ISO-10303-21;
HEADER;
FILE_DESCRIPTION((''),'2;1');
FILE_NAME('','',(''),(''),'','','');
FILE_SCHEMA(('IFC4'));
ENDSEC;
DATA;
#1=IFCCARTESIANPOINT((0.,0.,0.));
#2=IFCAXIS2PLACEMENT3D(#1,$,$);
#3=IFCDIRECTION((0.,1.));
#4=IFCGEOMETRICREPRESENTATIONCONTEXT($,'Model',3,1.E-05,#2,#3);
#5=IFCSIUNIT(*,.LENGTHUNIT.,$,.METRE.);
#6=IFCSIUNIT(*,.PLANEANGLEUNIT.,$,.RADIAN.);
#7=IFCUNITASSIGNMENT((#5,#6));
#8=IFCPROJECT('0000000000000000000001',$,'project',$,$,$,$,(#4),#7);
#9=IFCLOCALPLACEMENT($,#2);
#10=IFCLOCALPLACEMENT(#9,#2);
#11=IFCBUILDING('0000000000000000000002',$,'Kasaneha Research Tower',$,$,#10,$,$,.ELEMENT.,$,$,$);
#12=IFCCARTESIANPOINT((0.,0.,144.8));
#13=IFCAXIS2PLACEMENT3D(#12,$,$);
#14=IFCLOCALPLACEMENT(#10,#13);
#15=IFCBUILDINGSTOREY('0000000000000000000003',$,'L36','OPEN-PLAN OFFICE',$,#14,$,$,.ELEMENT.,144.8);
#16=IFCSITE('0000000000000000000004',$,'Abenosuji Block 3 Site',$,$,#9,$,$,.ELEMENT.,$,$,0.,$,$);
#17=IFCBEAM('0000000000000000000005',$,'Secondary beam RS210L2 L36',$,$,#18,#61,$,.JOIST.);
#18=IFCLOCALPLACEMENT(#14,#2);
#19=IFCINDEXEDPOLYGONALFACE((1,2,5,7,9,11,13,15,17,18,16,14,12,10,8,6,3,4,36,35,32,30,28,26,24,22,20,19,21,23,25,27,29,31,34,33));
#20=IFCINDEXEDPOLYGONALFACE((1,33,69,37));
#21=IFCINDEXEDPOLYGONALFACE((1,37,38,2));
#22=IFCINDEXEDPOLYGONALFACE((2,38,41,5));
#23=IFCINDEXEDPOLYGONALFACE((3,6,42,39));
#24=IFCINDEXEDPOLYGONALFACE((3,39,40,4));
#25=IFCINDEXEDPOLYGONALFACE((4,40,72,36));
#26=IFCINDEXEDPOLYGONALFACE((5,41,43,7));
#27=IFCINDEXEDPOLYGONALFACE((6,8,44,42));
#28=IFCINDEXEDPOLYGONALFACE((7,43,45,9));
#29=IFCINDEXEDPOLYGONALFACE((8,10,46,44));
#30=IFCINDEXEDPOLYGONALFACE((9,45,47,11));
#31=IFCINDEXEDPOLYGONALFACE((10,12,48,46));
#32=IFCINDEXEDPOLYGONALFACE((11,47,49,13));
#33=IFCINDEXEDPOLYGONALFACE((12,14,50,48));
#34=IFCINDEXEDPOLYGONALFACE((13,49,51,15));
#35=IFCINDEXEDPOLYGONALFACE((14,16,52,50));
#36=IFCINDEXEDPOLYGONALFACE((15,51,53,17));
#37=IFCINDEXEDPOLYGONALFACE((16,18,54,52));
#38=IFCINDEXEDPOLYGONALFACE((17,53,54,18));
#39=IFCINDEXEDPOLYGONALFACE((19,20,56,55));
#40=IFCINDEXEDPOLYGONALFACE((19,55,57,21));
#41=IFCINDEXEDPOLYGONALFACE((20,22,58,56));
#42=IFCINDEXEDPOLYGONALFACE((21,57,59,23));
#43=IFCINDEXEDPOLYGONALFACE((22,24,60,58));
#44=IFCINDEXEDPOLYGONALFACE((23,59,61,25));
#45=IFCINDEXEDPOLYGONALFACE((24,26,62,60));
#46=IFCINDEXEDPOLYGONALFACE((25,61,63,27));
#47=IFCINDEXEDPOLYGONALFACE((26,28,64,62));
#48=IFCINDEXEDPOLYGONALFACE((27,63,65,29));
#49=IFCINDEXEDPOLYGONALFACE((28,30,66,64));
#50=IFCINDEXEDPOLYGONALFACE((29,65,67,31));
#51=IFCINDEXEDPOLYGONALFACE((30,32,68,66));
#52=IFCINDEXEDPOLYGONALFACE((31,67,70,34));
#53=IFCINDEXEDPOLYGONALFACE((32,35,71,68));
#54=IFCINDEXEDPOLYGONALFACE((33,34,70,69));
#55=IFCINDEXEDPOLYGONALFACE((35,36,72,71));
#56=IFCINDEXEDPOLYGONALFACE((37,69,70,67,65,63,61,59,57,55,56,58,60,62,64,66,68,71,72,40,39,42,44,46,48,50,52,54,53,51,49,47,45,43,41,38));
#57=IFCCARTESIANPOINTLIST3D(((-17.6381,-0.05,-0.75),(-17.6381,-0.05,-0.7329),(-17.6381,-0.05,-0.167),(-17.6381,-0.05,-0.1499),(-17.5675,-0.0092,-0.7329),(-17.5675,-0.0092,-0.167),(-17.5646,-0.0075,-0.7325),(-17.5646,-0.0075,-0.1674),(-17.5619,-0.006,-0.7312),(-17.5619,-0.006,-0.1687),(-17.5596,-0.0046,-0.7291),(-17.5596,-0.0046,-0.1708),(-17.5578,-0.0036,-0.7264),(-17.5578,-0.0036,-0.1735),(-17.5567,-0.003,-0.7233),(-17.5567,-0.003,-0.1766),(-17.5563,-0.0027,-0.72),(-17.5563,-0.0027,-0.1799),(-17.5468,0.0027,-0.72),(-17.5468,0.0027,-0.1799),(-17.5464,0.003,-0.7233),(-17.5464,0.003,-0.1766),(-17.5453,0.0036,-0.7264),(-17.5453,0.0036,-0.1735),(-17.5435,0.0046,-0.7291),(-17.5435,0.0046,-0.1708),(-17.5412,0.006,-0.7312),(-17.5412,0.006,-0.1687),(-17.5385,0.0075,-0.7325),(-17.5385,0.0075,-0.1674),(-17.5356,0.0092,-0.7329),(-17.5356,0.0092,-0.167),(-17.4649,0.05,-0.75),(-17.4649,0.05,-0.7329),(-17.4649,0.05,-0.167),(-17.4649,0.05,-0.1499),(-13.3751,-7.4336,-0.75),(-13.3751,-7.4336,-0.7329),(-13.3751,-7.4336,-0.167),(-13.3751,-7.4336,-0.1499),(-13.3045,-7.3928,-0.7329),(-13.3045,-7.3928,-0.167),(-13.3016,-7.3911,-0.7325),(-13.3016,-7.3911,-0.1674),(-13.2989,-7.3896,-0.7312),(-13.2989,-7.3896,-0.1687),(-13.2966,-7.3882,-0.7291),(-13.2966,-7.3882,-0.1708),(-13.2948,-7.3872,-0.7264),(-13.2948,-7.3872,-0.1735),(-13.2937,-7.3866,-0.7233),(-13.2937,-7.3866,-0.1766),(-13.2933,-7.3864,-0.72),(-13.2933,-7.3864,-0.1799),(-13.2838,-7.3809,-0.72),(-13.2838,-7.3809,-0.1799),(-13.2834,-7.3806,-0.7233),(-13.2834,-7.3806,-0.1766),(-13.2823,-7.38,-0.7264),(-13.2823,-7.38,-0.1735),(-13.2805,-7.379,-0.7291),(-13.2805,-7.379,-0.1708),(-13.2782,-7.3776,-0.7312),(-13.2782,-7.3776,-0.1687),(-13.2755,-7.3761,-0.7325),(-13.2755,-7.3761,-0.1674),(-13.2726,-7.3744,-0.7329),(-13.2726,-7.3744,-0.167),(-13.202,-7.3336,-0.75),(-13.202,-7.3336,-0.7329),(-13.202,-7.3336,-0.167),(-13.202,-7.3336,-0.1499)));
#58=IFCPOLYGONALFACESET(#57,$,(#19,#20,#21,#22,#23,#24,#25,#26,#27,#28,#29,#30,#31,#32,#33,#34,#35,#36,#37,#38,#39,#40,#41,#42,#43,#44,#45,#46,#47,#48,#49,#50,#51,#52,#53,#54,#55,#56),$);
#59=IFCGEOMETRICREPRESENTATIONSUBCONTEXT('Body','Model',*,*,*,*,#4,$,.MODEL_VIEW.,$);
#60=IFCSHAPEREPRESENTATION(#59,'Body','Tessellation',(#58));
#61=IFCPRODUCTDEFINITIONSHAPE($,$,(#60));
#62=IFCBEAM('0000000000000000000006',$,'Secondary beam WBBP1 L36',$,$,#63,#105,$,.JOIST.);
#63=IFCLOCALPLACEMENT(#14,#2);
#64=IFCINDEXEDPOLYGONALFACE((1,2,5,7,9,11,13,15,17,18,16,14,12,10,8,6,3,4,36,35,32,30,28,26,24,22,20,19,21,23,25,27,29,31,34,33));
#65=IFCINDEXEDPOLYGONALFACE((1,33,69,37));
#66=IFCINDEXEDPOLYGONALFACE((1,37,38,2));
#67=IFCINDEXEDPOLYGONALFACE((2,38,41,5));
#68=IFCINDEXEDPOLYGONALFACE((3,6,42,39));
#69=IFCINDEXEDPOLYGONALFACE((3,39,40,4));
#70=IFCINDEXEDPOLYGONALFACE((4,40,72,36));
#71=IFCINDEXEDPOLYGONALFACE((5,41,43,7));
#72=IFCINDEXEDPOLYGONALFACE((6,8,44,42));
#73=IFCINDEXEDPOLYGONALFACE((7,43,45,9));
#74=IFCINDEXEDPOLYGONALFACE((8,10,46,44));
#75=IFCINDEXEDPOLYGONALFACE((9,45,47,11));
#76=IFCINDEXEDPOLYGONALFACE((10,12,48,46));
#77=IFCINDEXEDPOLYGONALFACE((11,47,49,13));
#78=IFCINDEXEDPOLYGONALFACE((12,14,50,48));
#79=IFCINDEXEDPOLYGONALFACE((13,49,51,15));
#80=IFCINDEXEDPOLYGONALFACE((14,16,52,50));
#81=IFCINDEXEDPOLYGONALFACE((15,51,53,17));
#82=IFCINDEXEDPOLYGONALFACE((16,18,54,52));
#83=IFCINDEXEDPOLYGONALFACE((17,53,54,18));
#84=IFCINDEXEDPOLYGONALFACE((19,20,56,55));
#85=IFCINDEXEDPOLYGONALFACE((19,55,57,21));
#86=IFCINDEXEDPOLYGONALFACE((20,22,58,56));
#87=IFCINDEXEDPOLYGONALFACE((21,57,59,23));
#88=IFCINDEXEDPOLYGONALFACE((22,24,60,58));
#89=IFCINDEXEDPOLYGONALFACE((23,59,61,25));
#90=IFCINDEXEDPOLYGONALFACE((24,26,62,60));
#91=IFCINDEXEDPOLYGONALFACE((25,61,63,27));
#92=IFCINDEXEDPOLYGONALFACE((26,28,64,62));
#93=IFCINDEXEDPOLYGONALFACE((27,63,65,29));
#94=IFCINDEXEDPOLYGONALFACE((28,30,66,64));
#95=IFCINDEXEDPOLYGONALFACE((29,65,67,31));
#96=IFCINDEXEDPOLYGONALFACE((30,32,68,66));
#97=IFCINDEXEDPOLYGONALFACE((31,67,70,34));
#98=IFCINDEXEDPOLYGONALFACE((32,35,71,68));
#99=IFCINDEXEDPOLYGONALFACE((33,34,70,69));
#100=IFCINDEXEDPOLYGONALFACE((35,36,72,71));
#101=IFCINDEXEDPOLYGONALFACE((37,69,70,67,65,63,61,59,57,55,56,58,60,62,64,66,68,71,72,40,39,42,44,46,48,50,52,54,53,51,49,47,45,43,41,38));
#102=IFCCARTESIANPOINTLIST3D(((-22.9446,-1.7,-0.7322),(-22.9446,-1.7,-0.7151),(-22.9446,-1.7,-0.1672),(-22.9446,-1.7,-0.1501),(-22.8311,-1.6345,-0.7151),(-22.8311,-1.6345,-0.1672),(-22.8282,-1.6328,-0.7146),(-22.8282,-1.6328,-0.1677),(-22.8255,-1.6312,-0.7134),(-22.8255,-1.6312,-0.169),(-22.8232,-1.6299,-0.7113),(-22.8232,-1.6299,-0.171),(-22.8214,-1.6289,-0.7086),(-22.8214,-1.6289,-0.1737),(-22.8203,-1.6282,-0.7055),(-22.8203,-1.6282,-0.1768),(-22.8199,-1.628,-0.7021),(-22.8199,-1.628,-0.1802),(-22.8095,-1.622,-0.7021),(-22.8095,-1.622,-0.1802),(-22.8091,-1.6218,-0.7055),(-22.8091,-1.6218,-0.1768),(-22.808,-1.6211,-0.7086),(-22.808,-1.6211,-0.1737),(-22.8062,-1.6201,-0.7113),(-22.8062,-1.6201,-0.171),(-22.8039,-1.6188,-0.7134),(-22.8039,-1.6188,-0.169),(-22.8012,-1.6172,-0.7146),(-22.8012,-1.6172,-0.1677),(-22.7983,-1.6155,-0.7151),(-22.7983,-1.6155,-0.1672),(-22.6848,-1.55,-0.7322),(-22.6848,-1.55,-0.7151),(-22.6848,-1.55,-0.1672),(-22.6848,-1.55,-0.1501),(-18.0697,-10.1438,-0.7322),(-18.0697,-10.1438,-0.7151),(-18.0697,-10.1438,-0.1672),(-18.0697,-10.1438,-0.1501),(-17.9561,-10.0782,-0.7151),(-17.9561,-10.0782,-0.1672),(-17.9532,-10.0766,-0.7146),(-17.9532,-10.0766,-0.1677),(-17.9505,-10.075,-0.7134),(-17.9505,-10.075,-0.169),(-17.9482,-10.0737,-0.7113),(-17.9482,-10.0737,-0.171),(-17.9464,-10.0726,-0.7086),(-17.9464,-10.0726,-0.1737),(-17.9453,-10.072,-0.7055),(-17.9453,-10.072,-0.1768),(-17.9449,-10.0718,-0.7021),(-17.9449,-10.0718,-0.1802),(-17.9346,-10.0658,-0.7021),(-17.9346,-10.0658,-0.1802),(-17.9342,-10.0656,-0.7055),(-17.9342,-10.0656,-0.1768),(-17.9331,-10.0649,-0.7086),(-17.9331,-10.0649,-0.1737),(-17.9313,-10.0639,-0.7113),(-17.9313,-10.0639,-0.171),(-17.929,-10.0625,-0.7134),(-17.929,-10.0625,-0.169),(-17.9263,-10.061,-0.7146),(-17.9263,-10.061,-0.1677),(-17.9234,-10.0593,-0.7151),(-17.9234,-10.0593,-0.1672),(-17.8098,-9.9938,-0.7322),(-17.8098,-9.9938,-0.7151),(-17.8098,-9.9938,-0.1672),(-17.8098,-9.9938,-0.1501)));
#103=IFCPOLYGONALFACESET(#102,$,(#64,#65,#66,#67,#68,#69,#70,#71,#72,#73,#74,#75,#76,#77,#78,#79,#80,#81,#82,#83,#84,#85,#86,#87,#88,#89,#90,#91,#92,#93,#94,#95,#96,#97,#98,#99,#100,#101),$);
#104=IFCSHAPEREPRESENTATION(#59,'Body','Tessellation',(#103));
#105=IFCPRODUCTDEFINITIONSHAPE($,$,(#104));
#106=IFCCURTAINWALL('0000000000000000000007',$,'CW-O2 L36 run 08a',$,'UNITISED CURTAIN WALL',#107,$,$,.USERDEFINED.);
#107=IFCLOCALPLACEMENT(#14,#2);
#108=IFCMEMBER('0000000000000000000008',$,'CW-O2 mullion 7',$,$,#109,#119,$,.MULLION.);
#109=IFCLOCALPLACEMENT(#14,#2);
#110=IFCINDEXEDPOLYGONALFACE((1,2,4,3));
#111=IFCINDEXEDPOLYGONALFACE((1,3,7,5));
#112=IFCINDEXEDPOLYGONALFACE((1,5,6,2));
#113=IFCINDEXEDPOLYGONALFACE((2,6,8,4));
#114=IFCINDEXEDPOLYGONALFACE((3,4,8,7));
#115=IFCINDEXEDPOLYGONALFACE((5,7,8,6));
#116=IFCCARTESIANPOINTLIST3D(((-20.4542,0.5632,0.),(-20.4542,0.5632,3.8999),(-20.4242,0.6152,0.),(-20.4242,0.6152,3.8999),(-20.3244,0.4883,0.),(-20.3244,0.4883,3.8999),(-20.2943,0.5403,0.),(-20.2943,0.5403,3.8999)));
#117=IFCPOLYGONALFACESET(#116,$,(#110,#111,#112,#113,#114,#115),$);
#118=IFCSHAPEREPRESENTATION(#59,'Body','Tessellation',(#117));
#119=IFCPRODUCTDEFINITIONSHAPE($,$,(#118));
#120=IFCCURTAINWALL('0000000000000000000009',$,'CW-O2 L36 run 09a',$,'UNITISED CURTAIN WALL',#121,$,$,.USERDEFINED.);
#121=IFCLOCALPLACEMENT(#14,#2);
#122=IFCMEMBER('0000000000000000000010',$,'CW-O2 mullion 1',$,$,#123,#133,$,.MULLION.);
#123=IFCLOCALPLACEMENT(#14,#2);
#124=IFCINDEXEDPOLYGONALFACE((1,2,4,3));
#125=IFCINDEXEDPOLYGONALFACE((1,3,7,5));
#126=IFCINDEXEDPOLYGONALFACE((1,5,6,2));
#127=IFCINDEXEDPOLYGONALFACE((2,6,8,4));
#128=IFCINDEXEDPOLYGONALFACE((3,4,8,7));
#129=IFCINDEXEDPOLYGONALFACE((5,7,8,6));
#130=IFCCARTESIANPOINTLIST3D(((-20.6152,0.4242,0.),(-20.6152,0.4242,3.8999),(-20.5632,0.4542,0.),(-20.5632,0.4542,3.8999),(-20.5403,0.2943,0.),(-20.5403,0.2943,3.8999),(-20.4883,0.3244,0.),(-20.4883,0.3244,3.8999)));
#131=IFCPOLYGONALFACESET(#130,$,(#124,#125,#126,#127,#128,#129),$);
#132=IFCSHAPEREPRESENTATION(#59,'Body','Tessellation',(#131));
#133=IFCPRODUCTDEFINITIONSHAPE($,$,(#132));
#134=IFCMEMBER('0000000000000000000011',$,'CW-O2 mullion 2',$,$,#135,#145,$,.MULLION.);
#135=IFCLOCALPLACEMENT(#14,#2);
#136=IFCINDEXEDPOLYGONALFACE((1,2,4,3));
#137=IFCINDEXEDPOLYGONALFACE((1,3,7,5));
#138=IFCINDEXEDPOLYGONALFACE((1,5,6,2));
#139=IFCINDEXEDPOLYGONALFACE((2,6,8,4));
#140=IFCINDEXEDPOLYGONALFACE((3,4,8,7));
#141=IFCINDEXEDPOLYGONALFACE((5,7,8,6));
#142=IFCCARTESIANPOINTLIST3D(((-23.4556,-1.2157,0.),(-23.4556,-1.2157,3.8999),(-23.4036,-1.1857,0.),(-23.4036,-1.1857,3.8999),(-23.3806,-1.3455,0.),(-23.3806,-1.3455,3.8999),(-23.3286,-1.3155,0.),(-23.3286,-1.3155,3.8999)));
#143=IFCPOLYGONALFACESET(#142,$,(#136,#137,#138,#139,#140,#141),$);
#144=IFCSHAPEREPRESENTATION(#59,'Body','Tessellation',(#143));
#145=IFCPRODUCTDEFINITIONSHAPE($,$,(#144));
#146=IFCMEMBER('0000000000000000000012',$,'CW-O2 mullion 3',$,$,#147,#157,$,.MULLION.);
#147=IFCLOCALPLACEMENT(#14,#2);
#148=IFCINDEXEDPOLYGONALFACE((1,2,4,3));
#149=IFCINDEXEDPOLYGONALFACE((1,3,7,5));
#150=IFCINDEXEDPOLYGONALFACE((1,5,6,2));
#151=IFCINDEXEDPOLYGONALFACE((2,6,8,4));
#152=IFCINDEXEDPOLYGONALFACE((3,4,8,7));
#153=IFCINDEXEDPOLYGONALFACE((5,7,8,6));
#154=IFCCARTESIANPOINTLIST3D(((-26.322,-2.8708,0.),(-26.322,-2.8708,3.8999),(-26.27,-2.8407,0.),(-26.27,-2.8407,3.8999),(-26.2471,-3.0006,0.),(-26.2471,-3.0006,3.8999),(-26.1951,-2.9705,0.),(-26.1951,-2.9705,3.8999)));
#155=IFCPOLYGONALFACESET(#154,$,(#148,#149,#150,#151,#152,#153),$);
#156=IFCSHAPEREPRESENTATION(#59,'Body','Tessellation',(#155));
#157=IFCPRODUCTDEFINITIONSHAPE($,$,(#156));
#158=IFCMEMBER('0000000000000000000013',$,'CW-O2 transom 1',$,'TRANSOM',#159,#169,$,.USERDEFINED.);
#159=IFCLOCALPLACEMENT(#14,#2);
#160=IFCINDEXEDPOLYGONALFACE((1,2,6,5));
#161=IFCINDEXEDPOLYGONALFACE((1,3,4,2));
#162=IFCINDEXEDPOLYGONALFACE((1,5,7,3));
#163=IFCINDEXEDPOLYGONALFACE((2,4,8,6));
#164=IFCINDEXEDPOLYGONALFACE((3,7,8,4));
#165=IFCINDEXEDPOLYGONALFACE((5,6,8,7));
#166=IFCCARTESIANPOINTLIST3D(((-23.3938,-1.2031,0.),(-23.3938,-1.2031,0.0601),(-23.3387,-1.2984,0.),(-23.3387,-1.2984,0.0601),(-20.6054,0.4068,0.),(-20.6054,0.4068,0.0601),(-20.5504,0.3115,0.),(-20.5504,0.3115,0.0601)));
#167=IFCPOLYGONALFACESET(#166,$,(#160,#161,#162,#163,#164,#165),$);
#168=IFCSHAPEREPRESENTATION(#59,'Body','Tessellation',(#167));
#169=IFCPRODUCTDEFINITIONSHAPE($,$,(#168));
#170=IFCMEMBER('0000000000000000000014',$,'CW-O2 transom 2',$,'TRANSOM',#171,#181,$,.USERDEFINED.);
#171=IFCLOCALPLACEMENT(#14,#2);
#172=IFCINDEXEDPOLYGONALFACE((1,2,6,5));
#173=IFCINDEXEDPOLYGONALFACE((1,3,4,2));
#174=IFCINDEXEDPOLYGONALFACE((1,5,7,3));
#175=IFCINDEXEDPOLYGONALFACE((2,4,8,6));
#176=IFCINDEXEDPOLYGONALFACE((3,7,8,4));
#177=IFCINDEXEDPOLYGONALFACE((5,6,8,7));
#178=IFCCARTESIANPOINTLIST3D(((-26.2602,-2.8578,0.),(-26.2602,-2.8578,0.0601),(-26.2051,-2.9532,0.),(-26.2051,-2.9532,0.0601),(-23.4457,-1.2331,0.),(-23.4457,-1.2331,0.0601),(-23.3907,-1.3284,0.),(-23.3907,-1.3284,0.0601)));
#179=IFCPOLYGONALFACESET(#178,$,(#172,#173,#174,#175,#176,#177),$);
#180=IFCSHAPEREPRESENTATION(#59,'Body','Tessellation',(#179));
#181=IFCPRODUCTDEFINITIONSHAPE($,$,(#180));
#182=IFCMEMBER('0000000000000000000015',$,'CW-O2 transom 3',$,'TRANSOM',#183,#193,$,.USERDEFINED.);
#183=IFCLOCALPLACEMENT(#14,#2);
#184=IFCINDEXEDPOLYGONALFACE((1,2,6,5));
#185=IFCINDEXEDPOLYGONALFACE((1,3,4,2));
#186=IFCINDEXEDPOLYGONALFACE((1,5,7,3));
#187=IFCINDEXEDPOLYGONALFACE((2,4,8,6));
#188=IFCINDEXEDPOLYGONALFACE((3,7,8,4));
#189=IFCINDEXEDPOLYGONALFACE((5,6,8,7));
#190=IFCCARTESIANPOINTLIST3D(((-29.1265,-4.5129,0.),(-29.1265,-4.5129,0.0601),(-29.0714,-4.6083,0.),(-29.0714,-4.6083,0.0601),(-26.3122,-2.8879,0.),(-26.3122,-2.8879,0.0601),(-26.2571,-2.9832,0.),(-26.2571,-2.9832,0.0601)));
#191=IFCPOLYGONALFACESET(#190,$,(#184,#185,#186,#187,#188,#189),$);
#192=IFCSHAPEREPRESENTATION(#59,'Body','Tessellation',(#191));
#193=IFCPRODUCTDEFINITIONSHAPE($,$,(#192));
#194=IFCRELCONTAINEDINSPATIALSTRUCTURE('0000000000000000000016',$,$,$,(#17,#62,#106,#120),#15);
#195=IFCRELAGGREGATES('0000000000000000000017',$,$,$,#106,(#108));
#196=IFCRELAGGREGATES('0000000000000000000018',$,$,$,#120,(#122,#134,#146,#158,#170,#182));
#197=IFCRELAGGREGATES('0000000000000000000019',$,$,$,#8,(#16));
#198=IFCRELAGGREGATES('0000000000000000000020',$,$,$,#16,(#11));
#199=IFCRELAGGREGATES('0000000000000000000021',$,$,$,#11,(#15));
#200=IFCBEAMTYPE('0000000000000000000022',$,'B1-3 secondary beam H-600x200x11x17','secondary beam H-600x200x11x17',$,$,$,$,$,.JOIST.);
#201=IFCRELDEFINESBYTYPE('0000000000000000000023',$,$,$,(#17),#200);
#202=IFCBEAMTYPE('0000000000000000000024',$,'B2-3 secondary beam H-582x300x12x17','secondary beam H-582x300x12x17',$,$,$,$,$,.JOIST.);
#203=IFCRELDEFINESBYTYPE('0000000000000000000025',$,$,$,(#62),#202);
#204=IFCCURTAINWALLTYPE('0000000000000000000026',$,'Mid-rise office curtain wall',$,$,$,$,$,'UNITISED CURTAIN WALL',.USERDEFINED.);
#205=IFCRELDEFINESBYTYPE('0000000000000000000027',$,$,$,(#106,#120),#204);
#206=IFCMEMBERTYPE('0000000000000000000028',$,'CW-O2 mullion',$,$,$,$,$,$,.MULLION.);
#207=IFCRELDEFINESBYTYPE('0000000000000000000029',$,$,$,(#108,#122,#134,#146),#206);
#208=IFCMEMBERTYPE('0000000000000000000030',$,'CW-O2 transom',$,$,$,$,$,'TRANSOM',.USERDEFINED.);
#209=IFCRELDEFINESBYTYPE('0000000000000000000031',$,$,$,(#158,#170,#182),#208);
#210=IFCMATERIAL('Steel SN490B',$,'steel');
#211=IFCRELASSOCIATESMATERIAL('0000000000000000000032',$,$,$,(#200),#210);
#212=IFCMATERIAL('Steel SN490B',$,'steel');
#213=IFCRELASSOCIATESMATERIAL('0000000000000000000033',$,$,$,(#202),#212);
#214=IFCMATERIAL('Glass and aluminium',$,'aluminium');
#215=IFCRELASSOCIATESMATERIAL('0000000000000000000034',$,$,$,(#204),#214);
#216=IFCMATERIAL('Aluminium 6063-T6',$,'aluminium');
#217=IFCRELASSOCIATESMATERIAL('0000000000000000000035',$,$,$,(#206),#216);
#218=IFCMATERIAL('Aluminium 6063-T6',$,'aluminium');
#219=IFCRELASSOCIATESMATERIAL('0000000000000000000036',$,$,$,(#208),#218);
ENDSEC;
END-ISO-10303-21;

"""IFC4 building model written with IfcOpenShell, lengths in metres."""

from ifc_helpers import new_model, si_unit, direction, frame, origin, origin_2d, place, context, subcontext, project, spatial, rectangle, i_section, extrude, material, material_profile, profile_set, type_object, element, aggregate, save


model = new_model("IFC4")

# Units and contexts
model_context = context("Model", 3, precision=1e-05, world=origin(), true_north=direction((0.0, 1.0)))
body_context = subcontext(model_context, "Body", "Model", "MODEL_VIEW")
ifc_project = project(units=[si_unit("LENGTHUNIT", "METRE"), si_unit("PLANEANGLEUNIT", "RADIAN")], contexts=[model_context])

# Site, building, storey
site_placement = place(None, origin())
site = spatial("IfcSite", under=ifc_project, at=site_placement, Name="Abenosuji Block 3 Site", CompositionType="ELEMENT", RefElevation=0.0)
building_placement = place(site_placement, origin())
building = spatial("IfcBuilding", under=site, at=building_placement, Name="Kasaneha Research Tower", CompositionType="ELEMENT")
storey_placement = place(building_placement, frame((0.0, 0.0, 144.8)))
storey = spatial("IfcBuildingStorey", under=building, at=storey_placement, Name="L36", Description="OPEN-PLAN OFFICE", CompositionType="ELEMENT", Elevation=144.8)

# Beams
ifc_material_1 = material(Name="Steel SN490B", Category="steel")
ifc_material_profile_1 = material_profile(ifc_material_1, i_section(OverallWidth=0.2, OverallDepth=0.6001, WebThickness=0.011, FlangeThickness=0.0171, FilletRadius=0.0129, at=origin_2d()), Name="H-600x200x11x17")
ifc_profile_set_1 = profile_set([ifc_material_profile_1], Name="Steel SN490B")
beam_type_1 = type_object("IfcBeamType", Name="B1-3 secondary beam H-600x200x11x17", Description="secondary beam H-600x200x11x17", PredefinedType="JOIST", material=ifc_profile_set_1)
beam_1_placement = place(storey_placement, frame((-17.5515, 0.0, -0.45), z_axis=(0.500004, -0.866023, 0.0), x_axis=(0.866023, 0.500004, 0.0)))
element("IfcBeam", 1, at=beam_1_placement, inside=storey, type_object=beam_type_1, Name="Secondary beam RS210L2 L36", PredefinedType="JOIST", context=body_context, shape_type="SweptSolid", body=[
    extrude(i_section(OverallWidth=0.2, OverallDepth=0.6001, WebThickness=0.011, FlangeThickness=0.0171, FilletRadius=0.0129, at=origin_2d()), origin(), (0.0, 0.0, 1.0), 8.5259),
])
ifc_material_2 = material(Name="Steel SN490B", Category="steel")
ifc_material_profile_2 = material_profile(ifc_material_2, i_section(OverallWidth=0.3, OverallDepth=0.582, WebThickness=0.012, FlangeThickness=0.0171, FilletRadius=0.0129, at=origin_2d()), Name="H-582x300x12x17")
ifc_profile_set_2 = profile_set([ifc_material_profile_2], Name="Steel SN490B")
beam_type_2 = type_object("IfcBeamType", Name="B2-3 secondary beam H-582x300x12x17", Description="secondary beam H-582x300x12x17", PredefinedType="JOIST", material=ifc_profile_set_2)
beam_2_placement = place(storey_placement, frame((-22.8147, -1.625, -0.4412), z_axis=(0.499996, -0.866028, 0.0), x_axis=(0.866028, 0.499996, 0.0)))
element("IfcBeam", 2, at=beam_2_placement, inside=storey, type_object=beam_type_2, Name="Secondary beam WBBP1 L36", PredefinedType="JOIST", context=body_context, shape_type="SweptSolid", body=[
    extrude(i_section(OverallWidth=0.3, OverallDepth=0.582, WebThickness=0.012, FlangeThickness=0.0171, FilletRadius=0.0129, at=origin_2d()), origin(), (0.0, 0.0, 1.0), 9.75),
])

# Curtain wall, member
ifc_material_3 = material(Name="Glass and aluminium", Category="aluminium")
curtain_wall_type = type_object("IfcCurtainWallType", Name="Mid-rise office curtain wall", ElementType="UNITISED CURTAIN WALL", PredefinedType="USERDEFINED", material=ifc_material_3)
curtain_wall_1_placement = place(storey_placement, origin())
curtain_wall_1 = element("IfcCurtainWall", 3, at=curtain_wall_1_placement, inside=storey, type_object=curtain_wall_type, Name="CW-O2 L36 run 08a", ObjectType="UNITISED CURTAIN WALL", PredefinedType="USERDEFINED")
ifc_material_4 = material(Name="Aluminium 6063-T6", Category="aluminium")
ifc_material_profile_3 = material_profile(ifc_material_4, rectangle(XDim=0.0601, YDim=0.1499, at=origin_2d()), Name="CW-O2 mullion 60x150")
ifc_profile_set_3 = profile_set([ifc_material_profile_3], Name="Aluminium 6063-T6")
member_type_1 = type_object("IfcMemberType", Name="CW-O2 mullion", PredefinedType="MULLION", material=ifc_profile_set_3)
member_1_placement = place(storey_placement, frame((-20.3743, 0.5518, 0.0), z_axis=(0.0, 0.0, 1.0), x_axis=(-0.5, -0.866025, 0.0)))
member_1 = element("IfcMember", 4, at=member_1_placement, type_object=member_type_1, Name="CW-O2 mullion 7", PredefinedType="MULLION", context=body_context, shape_type="SweptSolid", body=[
    extrude(rectangle(XDim=0.0601, YDim=0.1499, at=origin_2d()), origin(), (0.0, 0.0, 1.0), 3.8999),
])

# Curtain wall, members
curtain_wall_2_placement = place(storey_placement, origin())
curtain_wall_2 = element("IfcCurtainWall", 5, at=curtain_wall_2_placement, inside=storey, type_object=curtain_wall_type, Name="CW-O2 L36 run 09a", ObjectType="UNITISED CURTAIN WALL", PredefinedType="USERDEFINED")
member_2_placement = place(storey_placement, frame((-20.5518, 0.3743, 0.0), z_axis=(0.0, 0.0, 1.0), x_axis=(-0.866025, -0.5, 0.0)))
member_2 = element("IfcMember", 6, at=member_2_placement, type_object=member_type_1, Name="CW-O2 mullion 1", PredefinedType="MULLION", context=body_context, shape_type="SweptSolid", body=[
    extrude(rectangle(XDim=0.0601, YDim=0.1499, at=origin_2d()), origin(), (0.0, 0.0, 1.0), 3.8999),
])
member_3_placement = place(storey_placement, frame((-23.3921, -1.2656, 0.0), z_axis=(0.0, 0.0, 1.0), x_axis=(-0.866025, -0.5, 0.0)))
member_3 = element("IfcMember", 7, at=member_3_placement, type_object=member_type_1, Name="CW-O2 mullion 2", PredefinedType="MULLION", context=body_context, shape_type="SweptSolid", body=[
    extrude(rectangle(XDim=0.0601, YDim=0.1499, at=origin_2d()), origin(), (0.0, 0.0, 1.0), 3.8999),
])
member_4_placement = place(storey_placement, frame((-26.2585, -2.9207, 0.0), z_axis=(0.0, 0.0, 1.0), x_axis=(-0.866025, -0.5, 0.0)))
member_4 = element("IfcMember", 8, at=member_4_placement, type_object=member_type_1, Name="CW-O2 mullion 3", PredefinedType="MULLION", context=body_context, shape_type="SweptSolid", body=[
    extrude(rectangle(XDim=0.0601, YDim=0.1499, at=origin_2d()), origin(), (0.0, 0.0, 1.0), 3.8999),
])
ifc_material_5 = material(Name="Aluminium 6063-T6", Category="aluminium")
ifc_material_profile_4 = material_profile(ifc_material_5, rectangle(XDim=0.1101, YDim=0.0601, at=origin_2d()), Name="CW-O2 transom 110x60")
ifc_profile_set_4 = profile_set([ifc_material_profile_4], Name="Aluminium 6063-T6")
member_type_2 = type_object("IfcMemberType", Name="CW-O2 transom", ElementType="TRANSOM", PredefinedType="USERDEFINED", material=ifc_profile_set_4)
member_5_placement = place(storey_placement, frame((-20.5779, 0.3591, 0.03), z_axis=(-0.866023, -0.500005, 0.0), x_axis=(0.500005, -0.866023, 0.0)))
member_5 = element("IfcMember", 9, at=member_5_placement, type_object=member_type_2, Name="CW-O2 transom 1", ObjectType="TRANSOM", PredefinedType="USERDEFINED", context=body_context, shape_type="SweptSolid", body=[
    extrude(rectangle(XDim=0.1101, YDim=0.0601, at=origin_2d()), origin(), (0.0, 0.0, 1.0), 3.2197),
])
member_6_placement = place(storey_placement, frame((-23.4182, -1.2808, 0.03), z_axis=(-0.866048, -0.499961, 0.0), x_axis=(0.499961, -0.866048, 0.0)))
member_6 = element("IfcMember", 10, at=member_6_placement, type_object=member_type_2, Name="CW-O2 transom 2", ObjectType="TRANSOM", PredefinedType="USERDEFINED", context=body_context, shape_type="SweptSolid", body=[
    extrude(rectangle(XDim=0.1101, YDim=0.0601, at=origin_2d()), origin(), (0.0, 0.0, 1.0), 3.2498),
])
member_7_placement = place(storey_placement, frame((-26.2847, -2.9355, 0.03), z_axis=(-0.865997, -0.50005, 0.0), x_axis=(0.50005, -0.865997, 0.0)))
member_7 = element("IfcMember", 11, at=member_7_placement, type_object=member_type_2, Name="CW-O2 transom 3", ObjectType="TRANSOM", PredefinedType="USERDEFINED", context=body_context, shape_type="SweptSolid", body=[
    extrude(rectangle(XDim=0.1101, YDim=0.0601, at=origin_2d()), origin(), (0.0, 0.0, 1.0), 3.2498),
])

aggregate(curtain_wall_1, [member_1])
aggregate(curtain_wall_2, [member_2, member_3, member_4, member_5, member_6, member_7])

save(model, "model.ifc")
